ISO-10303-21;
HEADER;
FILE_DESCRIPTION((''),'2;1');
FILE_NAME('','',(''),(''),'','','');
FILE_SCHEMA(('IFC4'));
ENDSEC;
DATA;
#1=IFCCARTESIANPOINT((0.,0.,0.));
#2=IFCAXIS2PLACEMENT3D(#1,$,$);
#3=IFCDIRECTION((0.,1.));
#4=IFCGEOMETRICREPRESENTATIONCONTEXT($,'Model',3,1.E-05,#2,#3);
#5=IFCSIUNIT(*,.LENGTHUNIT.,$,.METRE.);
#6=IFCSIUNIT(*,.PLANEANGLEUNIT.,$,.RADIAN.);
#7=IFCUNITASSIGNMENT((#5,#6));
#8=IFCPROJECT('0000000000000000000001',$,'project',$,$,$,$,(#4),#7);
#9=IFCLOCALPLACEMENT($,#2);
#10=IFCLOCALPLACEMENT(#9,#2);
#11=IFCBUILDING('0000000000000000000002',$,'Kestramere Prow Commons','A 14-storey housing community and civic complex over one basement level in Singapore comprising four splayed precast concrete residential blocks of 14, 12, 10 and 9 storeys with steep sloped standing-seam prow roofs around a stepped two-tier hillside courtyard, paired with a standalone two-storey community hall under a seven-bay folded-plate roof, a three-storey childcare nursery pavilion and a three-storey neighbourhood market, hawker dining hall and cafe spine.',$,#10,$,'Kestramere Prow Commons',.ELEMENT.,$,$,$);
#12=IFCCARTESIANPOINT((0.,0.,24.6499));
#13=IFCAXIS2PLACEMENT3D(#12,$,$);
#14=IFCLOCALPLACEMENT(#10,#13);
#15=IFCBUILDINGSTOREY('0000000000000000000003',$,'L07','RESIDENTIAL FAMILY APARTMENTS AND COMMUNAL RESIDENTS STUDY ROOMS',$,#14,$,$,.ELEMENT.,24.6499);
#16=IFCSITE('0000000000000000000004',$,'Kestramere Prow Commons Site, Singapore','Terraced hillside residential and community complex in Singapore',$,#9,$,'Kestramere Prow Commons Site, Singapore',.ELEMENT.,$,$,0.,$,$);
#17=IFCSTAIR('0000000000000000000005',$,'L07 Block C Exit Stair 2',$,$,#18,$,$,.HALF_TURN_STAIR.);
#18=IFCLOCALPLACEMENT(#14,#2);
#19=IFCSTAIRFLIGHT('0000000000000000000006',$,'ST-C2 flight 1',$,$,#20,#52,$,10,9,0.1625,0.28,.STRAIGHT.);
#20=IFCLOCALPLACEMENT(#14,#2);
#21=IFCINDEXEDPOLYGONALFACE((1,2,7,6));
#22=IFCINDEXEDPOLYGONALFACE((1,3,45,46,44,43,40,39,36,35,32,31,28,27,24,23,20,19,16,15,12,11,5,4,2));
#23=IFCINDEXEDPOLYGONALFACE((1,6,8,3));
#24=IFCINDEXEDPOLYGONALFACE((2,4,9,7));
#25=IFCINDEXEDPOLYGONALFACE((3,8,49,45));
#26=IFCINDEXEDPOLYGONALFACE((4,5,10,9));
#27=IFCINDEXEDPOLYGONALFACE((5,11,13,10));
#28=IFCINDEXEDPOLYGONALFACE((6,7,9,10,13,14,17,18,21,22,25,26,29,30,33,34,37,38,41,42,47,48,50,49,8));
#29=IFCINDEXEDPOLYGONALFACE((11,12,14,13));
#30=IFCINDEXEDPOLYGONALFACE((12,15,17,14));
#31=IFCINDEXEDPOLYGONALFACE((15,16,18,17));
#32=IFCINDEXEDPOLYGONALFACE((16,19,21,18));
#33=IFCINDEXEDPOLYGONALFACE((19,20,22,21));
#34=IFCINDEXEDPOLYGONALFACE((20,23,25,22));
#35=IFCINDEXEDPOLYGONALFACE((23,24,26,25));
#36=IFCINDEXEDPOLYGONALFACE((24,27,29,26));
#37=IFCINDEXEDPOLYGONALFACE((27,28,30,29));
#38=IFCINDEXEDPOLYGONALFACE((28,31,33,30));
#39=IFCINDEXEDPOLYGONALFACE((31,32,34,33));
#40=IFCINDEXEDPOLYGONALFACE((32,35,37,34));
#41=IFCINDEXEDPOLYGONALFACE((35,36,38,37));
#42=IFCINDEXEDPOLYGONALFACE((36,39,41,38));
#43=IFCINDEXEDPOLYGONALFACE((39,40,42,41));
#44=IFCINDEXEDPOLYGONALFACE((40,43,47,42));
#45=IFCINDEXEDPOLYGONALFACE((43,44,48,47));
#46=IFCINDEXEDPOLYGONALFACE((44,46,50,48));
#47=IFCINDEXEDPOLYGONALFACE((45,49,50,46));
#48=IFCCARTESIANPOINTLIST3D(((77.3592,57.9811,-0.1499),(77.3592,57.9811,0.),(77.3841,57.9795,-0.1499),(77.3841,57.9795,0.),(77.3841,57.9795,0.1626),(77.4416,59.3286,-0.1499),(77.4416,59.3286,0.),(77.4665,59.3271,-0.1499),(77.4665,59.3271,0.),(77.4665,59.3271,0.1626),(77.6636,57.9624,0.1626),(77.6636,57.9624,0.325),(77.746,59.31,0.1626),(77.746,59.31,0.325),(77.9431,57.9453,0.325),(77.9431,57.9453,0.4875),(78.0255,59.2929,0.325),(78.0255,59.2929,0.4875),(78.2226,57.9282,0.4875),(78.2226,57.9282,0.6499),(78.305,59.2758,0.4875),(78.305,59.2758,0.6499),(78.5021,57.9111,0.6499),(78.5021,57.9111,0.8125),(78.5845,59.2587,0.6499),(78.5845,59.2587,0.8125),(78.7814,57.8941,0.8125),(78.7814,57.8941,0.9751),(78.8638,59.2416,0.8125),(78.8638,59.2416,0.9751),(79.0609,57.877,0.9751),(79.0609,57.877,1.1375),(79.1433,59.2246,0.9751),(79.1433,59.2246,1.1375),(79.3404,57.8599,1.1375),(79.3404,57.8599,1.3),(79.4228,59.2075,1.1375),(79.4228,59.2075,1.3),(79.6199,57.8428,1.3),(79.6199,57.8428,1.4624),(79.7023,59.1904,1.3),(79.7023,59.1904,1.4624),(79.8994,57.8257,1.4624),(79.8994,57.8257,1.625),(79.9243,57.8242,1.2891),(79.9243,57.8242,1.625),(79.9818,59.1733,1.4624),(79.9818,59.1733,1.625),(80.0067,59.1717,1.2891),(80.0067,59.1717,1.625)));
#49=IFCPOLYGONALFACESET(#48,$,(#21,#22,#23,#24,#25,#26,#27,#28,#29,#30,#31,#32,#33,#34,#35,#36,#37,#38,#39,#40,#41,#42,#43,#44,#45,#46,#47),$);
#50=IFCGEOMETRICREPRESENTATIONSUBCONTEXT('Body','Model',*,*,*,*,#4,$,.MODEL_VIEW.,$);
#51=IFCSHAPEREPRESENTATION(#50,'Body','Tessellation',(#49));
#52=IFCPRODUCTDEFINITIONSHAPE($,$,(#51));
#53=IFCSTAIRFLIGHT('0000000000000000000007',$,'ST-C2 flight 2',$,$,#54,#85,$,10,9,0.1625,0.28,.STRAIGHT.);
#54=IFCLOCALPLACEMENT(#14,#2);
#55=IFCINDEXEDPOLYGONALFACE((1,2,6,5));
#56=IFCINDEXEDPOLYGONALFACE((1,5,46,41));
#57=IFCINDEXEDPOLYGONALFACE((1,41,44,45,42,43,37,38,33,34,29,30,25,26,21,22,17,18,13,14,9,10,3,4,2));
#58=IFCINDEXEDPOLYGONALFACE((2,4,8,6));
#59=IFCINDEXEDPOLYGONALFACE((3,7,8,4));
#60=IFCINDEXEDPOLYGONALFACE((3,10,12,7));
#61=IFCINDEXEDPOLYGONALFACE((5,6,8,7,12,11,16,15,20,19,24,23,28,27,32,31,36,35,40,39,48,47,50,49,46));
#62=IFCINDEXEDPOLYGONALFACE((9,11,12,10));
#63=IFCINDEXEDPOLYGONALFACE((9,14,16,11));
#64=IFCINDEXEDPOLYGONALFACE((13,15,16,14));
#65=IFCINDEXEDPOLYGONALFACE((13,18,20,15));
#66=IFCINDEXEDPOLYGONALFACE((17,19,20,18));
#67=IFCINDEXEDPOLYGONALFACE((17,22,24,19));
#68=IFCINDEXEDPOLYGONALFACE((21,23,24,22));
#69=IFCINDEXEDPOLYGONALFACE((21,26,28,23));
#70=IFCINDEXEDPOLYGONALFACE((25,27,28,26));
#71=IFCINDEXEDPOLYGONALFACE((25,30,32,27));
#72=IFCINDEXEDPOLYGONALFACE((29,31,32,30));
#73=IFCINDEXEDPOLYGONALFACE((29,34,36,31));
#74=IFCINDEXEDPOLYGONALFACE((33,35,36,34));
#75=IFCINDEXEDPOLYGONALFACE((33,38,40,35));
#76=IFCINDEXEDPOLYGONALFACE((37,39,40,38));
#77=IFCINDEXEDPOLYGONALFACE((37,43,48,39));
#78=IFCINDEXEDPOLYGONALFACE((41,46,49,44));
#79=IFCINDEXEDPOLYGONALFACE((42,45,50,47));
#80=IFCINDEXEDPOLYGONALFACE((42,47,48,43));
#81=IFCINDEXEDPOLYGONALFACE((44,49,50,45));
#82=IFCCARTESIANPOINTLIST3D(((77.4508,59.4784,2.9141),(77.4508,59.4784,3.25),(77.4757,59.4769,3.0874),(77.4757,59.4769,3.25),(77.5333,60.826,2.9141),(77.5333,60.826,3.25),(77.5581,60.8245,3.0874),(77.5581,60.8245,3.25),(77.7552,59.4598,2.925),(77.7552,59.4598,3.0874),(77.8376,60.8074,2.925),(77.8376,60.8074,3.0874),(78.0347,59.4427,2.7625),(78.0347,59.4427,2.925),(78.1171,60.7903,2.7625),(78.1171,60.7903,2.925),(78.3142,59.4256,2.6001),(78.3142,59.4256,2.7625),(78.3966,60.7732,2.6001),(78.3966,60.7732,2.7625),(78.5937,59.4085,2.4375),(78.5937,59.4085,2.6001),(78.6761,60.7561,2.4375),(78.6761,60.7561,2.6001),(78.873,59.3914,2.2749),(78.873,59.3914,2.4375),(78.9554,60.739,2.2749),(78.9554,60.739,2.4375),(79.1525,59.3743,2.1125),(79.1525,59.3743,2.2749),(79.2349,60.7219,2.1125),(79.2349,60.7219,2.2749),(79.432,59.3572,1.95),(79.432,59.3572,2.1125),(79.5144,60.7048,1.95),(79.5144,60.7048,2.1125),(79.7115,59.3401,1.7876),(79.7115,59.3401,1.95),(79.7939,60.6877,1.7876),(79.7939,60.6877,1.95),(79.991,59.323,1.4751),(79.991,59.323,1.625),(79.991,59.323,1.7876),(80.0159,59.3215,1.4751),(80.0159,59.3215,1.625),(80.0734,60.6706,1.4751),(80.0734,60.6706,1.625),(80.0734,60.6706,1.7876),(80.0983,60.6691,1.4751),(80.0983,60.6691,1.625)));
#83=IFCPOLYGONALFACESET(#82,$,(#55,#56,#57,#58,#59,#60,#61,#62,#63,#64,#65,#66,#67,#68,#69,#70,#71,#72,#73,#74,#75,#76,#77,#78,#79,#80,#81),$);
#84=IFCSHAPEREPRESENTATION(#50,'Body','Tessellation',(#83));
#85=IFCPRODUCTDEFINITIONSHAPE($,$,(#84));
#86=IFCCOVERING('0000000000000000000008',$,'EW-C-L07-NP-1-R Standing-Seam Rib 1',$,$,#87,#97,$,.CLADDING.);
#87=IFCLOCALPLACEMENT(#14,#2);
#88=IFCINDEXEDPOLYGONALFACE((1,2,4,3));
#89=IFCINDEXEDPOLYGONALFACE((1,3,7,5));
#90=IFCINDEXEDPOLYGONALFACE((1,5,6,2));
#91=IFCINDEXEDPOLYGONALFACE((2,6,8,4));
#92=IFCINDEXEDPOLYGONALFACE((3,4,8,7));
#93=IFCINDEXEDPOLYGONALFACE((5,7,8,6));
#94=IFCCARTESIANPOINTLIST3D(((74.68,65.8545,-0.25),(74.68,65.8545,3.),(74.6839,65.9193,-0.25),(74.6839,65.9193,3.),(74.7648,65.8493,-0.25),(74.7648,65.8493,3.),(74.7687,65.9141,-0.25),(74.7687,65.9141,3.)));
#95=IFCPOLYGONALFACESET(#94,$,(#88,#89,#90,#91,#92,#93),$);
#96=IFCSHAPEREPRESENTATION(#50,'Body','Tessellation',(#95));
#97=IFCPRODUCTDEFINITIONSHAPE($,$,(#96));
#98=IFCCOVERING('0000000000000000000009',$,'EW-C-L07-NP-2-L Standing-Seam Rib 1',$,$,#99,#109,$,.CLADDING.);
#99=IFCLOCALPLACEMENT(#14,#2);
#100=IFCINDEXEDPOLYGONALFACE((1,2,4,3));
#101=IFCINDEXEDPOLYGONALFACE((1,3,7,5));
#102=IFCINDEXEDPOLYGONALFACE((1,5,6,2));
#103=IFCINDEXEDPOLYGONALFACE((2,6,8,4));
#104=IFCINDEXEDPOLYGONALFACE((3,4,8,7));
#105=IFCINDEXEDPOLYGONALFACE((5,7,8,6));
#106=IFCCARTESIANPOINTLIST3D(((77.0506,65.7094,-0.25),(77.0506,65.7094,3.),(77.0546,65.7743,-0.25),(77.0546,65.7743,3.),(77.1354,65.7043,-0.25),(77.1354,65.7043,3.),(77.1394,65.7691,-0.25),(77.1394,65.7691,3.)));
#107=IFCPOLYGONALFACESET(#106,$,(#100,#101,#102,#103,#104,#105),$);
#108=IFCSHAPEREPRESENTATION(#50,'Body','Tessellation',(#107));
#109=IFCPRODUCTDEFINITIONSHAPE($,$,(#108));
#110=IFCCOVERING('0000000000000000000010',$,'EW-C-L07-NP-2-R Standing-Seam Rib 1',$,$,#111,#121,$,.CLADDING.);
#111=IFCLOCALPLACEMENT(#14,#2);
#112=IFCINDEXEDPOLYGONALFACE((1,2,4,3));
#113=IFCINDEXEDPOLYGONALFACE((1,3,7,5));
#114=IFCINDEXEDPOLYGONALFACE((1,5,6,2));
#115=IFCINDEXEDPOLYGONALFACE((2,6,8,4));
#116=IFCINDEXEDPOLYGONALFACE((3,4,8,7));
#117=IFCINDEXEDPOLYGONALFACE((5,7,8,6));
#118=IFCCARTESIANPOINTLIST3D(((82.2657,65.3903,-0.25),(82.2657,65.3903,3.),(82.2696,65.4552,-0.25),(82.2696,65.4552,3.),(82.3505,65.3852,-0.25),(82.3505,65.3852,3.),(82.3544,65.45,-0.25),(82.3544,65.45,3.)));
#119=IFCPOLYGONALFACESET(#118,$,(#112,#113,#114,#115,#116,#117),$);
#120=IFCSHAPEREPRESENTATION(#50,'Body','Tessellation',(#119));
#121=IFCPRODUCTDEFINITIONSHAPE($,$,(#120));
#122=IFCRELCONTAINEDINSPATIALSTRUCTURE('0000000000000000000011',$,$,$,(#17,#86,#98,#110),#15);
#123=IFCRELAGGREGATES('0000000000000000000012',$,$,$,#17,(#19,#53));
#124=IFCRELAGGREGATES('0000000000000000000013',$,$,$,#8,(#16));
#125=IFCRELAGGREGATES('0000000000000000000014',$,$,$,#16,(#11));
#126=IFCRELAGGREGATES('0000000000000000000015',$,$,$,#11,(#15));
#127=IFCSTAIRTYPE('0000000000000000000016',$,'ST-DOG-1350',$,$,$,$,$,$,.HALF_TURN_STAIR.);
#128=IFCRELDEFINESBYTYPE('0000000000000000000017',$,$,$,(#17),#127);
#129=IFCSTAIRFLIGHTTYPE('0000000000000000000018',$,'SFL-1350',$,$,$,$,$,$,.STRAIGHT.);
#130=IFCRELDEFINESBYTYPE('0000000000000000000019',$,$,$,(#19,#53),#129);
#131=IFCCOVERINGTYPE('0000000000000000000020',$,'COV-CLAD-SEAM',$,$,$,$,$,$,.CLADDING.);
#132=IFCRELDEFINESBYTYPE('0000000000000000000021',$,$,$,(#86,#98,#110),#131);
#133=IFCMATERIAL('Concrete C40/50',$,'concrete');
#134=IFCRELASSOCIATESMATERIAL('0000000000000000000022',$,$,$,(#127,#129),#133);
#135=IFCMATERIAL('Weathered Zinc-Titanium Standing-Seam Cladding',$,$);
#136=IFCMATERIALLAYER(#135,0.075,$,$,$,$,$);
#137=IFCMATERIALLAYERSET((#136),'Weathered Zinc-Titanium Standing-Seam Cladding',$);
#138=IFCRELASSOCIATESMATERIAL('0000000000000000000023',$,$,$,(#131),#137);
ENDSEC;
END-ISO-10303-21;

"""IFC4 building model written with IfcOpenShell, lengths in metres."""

from ifc_helpers import new_model, si_unit, direction, frame, origin, origin_2d, place, context, subcontext, project, spatial, polyline, rectangle, outline, extrude, material, layer, layer_set, type_object, element, aggregate, save


model = new_model("IFC4")

# Units and contexts
model_context = context("Model", 3, precision=1e-05, world=origin(), true_north=direction((0.0, 1.0)))
body_context = subcontext(model_context, "Body", "Model", "MODEL_VIEW")
ifc_project = project(units=[si_unit("LENGTHUNIT", "METRE"), si_unit("PLANEANGLEUNIT", "RADIAN")], contexts=[model_context])

# Site, building, storey
site_placement = place(None, origin())
site = spatial("IfcSite", under=ifc_project, at=site_placement, Name="Kestramere Prow Commons Site, Singapore", Description="Terraced hillside residential and community complex in Singapore", LongName="Kestramere Prow Commons Site, Singapore", CompositionType="ELEMENT", RefElevation=0.0)
building_placement = place(site_placement, origin())
building = spatial("IfcBuilding", under=site, at=building_placement, Name="Kestramere Prow Commons", Description="A 14-storey housing community and civic complex over one basement level in Singapore comprising four splayed precast concrete residential blocks of 14, 12, 10 and 9 storeys with steep sloped standing-seam prow roofs around a stepped two-tier hillside courtyard, paired with a standalone two-storey community hall under a seven-bay folded-plate roof, a three-storey childcare nursery pavilion and a three-storey neighbourhood market, hawker dining hall and cafe spine.", LongName="Kestramere Prow Commons", CompositionType="ELEMENT")
storey_placement = place(building_placement, frame((0.0, 0.0, 24.6499)))
storey = spatial("IfcBuildingStorey", under=building, at=storey_placement, Name="L07", Description="RESIDENTIAL FAMILY APARTMENTS AND COMMUNAL RESIDENTS STUDY ROOMS", CompositionType="ELEMENT", Elevation=24.6499)

# Shared definitions
ifc_material_1 = material(Name="Concrete C40/50", Category="concrete")

# Stair, stair flights
stair_type = type_object("IfcStairType", Name="ST-DOG-1350", PredefinedType="HALF_TURN_STAIR", material=ifc_material_1)
stair_placement = place(storey_placement, origin())
stair = element("IfcStair", 1, at=stair_placement, inside=storey, type_object=stair_type, Name="L07 Block C Exit Stair 2", PredefinedType="HALF_TURN_STAIR")
stair_flight_type = type_object("IfcStairFlightType", Name="SFL-1350", PredefinedType="STRAIGHT", material=ifc_material_1)
stair_flight_1_placement = place(storey_placement, frame((77.4253, 58.6533, 0.0), z_axis=(0.0, 0.0, 1.0), x_axis=(0.998135, -0.061049, 0.0)))
stair_flight_1 = element("IfcStairFlight", 2, at=stair_flight_1_placement, type_object=stair_flight_type, Name="ST-C2 flight 1", NumberOfRisers=10, NumberOfTreads=9, PredefinedType="STRAIGHT", RiserHeight=0.1625, TreadLength=0.28, context=body_context, shape_type="SweptSolid", body=[
    extrude(outline(polyline([(-0.0249, 0.0), (0.0, 0.0), (0.0, 0.1626), (0.28, 0.1626), (0.28, 0.325), (0.5601, 0.325), (0.5601, 0.4875), (0.8401, 0.4875), (0.8401, 0.6499), (1.1201, 0.6499), (1.1201, 0.8125), (1.3999, 0.8125), (1.3999, 0.9751), (1.6799, 0.9751), (1.6799, 1.1375), (1.96, 1.1375), (1.96, 1.3), (2.24, 1.3), (2.24, 1.4624), (2.52, 1.4624), (2.52, 1.625), (2.5449, 1.625), (2.5449, 1.2891), (0.0, -0.1499), (-0.0249, -0.1499), (-0.0249, 0.0)])), frame((0.0, 0.675, 0.0), z_axis=(0.0, -1.0, 0.0), x_axis=(1.0, 0.0, 0.0)), (0.0, 0.0, 1.0), 1.3501),
])
stair_flight_2_placement = place(storey_placement, frame((80.0322, 59.9968, 1.625), z_axis=(0.0, 0.0, 1.0), x_axis=(-0.998135, 0.061049, 0.0)))
stair_flight_2 = element("IfcStairFlight", 3, at=stair_flight_2_placement, type_object=stair_flight_type, Name="ST-C2 flight 2", NumberOfRisers=10, NumberOfTreads=9, PredefinedType="STRAIGHT", RiserHeight=0.1625, TreadLength=0.28, context=body_context, shape_type="SweptSolid", body=[
    extrude(outline(polyline([(-0.0249, 0.0), (0.0, 0.0), (0.0, 0.1626), (0.28, 0.1626), (0.28, 0.325), (0.5601, 0.325), (0.5601, 0.4875), (0.8401, 0.4875), (0.8401, 0.6499), (1.1201, 0.6499), (1.1201, 0.8125), (1.3999, 0.8125), (1.3999, 0.9751), (1.6799, 0.9751), (1.6799, 1.1375), (1.96, 1.1375), (1.96, 1.3), (2.24, 1.3), (2.24, 1.4624), (2.52, 1.4624), (2.52, 1.625), (2.5449, 1.625), (2.5449, 1.2891), (0.0, -0.1499), (-0.0249, -0.1499), (-0.0249, 0.0)])), frame((0.0, 0.675, 0.0), z_axis=(0.0, -1.0, 0.0), x_axis=(1.0, 0.0, 0.0)), (0.0, 0.0, 1.0), 1.3501),
])
aggregate(stair, [stair_flight_1, stair_flight_2])

# Coverings
ifc_material_2 = material(Name="Weathered Zinc-Titanium Standing-Seam Cladding")
ifc_layer_1 = layer(ifc_material_2, 0.075)
ifc_layer_set_1 = layer_set([ifc_layer_1], Name="Weathered Zinc-Titanium Standing-Seam Cladding")
covering_type = type_object("IfcCoveringType", Name="COV-CLAD-SEAM", PredefinedType="CLADDING", material=ifc_layer_set_1)
for number, where, z_axis, x_axis, name in (
    (4, (74.7244, 65.8843, -0.25), (0.0, 0.0, 1.0), (0.998135, -0.061049, 0.0), "EW-C-L07-NP-1-R Standing-Seam Rib 1"),
    (5, (77.095, 65.7393, -0.25), (0.0, 0.0, 1.0), (0.998135, -0.061049, 0.0), "EW-C-L07-NP-2-L Standing-Seam Rib 1"),
    (6, (82.3101, 65.4202, -0.25), (0.0, 0.0, 1.0), (0.998135, -0.061049, 0.0), "EW-C-L07-NP-2-R Standing-Seam Rib 1"),
):
    element("IfcCovering", number, at=place(storey_placement, frame(where, z_axis=z_axis, x_axis=x_axis)), inside=storey, type_object=covering_type, Name=name, PredefinedType="CLADDING", context=body_context, shape_type="SweptSolid", body=[
        extrude(rectangle(XDim=0.085, YDim=0.0649, at=origin_2d()), origin(), (0.0, 0.0, 1.0), 3.25),
    ])

save(model, "model.ifc")
